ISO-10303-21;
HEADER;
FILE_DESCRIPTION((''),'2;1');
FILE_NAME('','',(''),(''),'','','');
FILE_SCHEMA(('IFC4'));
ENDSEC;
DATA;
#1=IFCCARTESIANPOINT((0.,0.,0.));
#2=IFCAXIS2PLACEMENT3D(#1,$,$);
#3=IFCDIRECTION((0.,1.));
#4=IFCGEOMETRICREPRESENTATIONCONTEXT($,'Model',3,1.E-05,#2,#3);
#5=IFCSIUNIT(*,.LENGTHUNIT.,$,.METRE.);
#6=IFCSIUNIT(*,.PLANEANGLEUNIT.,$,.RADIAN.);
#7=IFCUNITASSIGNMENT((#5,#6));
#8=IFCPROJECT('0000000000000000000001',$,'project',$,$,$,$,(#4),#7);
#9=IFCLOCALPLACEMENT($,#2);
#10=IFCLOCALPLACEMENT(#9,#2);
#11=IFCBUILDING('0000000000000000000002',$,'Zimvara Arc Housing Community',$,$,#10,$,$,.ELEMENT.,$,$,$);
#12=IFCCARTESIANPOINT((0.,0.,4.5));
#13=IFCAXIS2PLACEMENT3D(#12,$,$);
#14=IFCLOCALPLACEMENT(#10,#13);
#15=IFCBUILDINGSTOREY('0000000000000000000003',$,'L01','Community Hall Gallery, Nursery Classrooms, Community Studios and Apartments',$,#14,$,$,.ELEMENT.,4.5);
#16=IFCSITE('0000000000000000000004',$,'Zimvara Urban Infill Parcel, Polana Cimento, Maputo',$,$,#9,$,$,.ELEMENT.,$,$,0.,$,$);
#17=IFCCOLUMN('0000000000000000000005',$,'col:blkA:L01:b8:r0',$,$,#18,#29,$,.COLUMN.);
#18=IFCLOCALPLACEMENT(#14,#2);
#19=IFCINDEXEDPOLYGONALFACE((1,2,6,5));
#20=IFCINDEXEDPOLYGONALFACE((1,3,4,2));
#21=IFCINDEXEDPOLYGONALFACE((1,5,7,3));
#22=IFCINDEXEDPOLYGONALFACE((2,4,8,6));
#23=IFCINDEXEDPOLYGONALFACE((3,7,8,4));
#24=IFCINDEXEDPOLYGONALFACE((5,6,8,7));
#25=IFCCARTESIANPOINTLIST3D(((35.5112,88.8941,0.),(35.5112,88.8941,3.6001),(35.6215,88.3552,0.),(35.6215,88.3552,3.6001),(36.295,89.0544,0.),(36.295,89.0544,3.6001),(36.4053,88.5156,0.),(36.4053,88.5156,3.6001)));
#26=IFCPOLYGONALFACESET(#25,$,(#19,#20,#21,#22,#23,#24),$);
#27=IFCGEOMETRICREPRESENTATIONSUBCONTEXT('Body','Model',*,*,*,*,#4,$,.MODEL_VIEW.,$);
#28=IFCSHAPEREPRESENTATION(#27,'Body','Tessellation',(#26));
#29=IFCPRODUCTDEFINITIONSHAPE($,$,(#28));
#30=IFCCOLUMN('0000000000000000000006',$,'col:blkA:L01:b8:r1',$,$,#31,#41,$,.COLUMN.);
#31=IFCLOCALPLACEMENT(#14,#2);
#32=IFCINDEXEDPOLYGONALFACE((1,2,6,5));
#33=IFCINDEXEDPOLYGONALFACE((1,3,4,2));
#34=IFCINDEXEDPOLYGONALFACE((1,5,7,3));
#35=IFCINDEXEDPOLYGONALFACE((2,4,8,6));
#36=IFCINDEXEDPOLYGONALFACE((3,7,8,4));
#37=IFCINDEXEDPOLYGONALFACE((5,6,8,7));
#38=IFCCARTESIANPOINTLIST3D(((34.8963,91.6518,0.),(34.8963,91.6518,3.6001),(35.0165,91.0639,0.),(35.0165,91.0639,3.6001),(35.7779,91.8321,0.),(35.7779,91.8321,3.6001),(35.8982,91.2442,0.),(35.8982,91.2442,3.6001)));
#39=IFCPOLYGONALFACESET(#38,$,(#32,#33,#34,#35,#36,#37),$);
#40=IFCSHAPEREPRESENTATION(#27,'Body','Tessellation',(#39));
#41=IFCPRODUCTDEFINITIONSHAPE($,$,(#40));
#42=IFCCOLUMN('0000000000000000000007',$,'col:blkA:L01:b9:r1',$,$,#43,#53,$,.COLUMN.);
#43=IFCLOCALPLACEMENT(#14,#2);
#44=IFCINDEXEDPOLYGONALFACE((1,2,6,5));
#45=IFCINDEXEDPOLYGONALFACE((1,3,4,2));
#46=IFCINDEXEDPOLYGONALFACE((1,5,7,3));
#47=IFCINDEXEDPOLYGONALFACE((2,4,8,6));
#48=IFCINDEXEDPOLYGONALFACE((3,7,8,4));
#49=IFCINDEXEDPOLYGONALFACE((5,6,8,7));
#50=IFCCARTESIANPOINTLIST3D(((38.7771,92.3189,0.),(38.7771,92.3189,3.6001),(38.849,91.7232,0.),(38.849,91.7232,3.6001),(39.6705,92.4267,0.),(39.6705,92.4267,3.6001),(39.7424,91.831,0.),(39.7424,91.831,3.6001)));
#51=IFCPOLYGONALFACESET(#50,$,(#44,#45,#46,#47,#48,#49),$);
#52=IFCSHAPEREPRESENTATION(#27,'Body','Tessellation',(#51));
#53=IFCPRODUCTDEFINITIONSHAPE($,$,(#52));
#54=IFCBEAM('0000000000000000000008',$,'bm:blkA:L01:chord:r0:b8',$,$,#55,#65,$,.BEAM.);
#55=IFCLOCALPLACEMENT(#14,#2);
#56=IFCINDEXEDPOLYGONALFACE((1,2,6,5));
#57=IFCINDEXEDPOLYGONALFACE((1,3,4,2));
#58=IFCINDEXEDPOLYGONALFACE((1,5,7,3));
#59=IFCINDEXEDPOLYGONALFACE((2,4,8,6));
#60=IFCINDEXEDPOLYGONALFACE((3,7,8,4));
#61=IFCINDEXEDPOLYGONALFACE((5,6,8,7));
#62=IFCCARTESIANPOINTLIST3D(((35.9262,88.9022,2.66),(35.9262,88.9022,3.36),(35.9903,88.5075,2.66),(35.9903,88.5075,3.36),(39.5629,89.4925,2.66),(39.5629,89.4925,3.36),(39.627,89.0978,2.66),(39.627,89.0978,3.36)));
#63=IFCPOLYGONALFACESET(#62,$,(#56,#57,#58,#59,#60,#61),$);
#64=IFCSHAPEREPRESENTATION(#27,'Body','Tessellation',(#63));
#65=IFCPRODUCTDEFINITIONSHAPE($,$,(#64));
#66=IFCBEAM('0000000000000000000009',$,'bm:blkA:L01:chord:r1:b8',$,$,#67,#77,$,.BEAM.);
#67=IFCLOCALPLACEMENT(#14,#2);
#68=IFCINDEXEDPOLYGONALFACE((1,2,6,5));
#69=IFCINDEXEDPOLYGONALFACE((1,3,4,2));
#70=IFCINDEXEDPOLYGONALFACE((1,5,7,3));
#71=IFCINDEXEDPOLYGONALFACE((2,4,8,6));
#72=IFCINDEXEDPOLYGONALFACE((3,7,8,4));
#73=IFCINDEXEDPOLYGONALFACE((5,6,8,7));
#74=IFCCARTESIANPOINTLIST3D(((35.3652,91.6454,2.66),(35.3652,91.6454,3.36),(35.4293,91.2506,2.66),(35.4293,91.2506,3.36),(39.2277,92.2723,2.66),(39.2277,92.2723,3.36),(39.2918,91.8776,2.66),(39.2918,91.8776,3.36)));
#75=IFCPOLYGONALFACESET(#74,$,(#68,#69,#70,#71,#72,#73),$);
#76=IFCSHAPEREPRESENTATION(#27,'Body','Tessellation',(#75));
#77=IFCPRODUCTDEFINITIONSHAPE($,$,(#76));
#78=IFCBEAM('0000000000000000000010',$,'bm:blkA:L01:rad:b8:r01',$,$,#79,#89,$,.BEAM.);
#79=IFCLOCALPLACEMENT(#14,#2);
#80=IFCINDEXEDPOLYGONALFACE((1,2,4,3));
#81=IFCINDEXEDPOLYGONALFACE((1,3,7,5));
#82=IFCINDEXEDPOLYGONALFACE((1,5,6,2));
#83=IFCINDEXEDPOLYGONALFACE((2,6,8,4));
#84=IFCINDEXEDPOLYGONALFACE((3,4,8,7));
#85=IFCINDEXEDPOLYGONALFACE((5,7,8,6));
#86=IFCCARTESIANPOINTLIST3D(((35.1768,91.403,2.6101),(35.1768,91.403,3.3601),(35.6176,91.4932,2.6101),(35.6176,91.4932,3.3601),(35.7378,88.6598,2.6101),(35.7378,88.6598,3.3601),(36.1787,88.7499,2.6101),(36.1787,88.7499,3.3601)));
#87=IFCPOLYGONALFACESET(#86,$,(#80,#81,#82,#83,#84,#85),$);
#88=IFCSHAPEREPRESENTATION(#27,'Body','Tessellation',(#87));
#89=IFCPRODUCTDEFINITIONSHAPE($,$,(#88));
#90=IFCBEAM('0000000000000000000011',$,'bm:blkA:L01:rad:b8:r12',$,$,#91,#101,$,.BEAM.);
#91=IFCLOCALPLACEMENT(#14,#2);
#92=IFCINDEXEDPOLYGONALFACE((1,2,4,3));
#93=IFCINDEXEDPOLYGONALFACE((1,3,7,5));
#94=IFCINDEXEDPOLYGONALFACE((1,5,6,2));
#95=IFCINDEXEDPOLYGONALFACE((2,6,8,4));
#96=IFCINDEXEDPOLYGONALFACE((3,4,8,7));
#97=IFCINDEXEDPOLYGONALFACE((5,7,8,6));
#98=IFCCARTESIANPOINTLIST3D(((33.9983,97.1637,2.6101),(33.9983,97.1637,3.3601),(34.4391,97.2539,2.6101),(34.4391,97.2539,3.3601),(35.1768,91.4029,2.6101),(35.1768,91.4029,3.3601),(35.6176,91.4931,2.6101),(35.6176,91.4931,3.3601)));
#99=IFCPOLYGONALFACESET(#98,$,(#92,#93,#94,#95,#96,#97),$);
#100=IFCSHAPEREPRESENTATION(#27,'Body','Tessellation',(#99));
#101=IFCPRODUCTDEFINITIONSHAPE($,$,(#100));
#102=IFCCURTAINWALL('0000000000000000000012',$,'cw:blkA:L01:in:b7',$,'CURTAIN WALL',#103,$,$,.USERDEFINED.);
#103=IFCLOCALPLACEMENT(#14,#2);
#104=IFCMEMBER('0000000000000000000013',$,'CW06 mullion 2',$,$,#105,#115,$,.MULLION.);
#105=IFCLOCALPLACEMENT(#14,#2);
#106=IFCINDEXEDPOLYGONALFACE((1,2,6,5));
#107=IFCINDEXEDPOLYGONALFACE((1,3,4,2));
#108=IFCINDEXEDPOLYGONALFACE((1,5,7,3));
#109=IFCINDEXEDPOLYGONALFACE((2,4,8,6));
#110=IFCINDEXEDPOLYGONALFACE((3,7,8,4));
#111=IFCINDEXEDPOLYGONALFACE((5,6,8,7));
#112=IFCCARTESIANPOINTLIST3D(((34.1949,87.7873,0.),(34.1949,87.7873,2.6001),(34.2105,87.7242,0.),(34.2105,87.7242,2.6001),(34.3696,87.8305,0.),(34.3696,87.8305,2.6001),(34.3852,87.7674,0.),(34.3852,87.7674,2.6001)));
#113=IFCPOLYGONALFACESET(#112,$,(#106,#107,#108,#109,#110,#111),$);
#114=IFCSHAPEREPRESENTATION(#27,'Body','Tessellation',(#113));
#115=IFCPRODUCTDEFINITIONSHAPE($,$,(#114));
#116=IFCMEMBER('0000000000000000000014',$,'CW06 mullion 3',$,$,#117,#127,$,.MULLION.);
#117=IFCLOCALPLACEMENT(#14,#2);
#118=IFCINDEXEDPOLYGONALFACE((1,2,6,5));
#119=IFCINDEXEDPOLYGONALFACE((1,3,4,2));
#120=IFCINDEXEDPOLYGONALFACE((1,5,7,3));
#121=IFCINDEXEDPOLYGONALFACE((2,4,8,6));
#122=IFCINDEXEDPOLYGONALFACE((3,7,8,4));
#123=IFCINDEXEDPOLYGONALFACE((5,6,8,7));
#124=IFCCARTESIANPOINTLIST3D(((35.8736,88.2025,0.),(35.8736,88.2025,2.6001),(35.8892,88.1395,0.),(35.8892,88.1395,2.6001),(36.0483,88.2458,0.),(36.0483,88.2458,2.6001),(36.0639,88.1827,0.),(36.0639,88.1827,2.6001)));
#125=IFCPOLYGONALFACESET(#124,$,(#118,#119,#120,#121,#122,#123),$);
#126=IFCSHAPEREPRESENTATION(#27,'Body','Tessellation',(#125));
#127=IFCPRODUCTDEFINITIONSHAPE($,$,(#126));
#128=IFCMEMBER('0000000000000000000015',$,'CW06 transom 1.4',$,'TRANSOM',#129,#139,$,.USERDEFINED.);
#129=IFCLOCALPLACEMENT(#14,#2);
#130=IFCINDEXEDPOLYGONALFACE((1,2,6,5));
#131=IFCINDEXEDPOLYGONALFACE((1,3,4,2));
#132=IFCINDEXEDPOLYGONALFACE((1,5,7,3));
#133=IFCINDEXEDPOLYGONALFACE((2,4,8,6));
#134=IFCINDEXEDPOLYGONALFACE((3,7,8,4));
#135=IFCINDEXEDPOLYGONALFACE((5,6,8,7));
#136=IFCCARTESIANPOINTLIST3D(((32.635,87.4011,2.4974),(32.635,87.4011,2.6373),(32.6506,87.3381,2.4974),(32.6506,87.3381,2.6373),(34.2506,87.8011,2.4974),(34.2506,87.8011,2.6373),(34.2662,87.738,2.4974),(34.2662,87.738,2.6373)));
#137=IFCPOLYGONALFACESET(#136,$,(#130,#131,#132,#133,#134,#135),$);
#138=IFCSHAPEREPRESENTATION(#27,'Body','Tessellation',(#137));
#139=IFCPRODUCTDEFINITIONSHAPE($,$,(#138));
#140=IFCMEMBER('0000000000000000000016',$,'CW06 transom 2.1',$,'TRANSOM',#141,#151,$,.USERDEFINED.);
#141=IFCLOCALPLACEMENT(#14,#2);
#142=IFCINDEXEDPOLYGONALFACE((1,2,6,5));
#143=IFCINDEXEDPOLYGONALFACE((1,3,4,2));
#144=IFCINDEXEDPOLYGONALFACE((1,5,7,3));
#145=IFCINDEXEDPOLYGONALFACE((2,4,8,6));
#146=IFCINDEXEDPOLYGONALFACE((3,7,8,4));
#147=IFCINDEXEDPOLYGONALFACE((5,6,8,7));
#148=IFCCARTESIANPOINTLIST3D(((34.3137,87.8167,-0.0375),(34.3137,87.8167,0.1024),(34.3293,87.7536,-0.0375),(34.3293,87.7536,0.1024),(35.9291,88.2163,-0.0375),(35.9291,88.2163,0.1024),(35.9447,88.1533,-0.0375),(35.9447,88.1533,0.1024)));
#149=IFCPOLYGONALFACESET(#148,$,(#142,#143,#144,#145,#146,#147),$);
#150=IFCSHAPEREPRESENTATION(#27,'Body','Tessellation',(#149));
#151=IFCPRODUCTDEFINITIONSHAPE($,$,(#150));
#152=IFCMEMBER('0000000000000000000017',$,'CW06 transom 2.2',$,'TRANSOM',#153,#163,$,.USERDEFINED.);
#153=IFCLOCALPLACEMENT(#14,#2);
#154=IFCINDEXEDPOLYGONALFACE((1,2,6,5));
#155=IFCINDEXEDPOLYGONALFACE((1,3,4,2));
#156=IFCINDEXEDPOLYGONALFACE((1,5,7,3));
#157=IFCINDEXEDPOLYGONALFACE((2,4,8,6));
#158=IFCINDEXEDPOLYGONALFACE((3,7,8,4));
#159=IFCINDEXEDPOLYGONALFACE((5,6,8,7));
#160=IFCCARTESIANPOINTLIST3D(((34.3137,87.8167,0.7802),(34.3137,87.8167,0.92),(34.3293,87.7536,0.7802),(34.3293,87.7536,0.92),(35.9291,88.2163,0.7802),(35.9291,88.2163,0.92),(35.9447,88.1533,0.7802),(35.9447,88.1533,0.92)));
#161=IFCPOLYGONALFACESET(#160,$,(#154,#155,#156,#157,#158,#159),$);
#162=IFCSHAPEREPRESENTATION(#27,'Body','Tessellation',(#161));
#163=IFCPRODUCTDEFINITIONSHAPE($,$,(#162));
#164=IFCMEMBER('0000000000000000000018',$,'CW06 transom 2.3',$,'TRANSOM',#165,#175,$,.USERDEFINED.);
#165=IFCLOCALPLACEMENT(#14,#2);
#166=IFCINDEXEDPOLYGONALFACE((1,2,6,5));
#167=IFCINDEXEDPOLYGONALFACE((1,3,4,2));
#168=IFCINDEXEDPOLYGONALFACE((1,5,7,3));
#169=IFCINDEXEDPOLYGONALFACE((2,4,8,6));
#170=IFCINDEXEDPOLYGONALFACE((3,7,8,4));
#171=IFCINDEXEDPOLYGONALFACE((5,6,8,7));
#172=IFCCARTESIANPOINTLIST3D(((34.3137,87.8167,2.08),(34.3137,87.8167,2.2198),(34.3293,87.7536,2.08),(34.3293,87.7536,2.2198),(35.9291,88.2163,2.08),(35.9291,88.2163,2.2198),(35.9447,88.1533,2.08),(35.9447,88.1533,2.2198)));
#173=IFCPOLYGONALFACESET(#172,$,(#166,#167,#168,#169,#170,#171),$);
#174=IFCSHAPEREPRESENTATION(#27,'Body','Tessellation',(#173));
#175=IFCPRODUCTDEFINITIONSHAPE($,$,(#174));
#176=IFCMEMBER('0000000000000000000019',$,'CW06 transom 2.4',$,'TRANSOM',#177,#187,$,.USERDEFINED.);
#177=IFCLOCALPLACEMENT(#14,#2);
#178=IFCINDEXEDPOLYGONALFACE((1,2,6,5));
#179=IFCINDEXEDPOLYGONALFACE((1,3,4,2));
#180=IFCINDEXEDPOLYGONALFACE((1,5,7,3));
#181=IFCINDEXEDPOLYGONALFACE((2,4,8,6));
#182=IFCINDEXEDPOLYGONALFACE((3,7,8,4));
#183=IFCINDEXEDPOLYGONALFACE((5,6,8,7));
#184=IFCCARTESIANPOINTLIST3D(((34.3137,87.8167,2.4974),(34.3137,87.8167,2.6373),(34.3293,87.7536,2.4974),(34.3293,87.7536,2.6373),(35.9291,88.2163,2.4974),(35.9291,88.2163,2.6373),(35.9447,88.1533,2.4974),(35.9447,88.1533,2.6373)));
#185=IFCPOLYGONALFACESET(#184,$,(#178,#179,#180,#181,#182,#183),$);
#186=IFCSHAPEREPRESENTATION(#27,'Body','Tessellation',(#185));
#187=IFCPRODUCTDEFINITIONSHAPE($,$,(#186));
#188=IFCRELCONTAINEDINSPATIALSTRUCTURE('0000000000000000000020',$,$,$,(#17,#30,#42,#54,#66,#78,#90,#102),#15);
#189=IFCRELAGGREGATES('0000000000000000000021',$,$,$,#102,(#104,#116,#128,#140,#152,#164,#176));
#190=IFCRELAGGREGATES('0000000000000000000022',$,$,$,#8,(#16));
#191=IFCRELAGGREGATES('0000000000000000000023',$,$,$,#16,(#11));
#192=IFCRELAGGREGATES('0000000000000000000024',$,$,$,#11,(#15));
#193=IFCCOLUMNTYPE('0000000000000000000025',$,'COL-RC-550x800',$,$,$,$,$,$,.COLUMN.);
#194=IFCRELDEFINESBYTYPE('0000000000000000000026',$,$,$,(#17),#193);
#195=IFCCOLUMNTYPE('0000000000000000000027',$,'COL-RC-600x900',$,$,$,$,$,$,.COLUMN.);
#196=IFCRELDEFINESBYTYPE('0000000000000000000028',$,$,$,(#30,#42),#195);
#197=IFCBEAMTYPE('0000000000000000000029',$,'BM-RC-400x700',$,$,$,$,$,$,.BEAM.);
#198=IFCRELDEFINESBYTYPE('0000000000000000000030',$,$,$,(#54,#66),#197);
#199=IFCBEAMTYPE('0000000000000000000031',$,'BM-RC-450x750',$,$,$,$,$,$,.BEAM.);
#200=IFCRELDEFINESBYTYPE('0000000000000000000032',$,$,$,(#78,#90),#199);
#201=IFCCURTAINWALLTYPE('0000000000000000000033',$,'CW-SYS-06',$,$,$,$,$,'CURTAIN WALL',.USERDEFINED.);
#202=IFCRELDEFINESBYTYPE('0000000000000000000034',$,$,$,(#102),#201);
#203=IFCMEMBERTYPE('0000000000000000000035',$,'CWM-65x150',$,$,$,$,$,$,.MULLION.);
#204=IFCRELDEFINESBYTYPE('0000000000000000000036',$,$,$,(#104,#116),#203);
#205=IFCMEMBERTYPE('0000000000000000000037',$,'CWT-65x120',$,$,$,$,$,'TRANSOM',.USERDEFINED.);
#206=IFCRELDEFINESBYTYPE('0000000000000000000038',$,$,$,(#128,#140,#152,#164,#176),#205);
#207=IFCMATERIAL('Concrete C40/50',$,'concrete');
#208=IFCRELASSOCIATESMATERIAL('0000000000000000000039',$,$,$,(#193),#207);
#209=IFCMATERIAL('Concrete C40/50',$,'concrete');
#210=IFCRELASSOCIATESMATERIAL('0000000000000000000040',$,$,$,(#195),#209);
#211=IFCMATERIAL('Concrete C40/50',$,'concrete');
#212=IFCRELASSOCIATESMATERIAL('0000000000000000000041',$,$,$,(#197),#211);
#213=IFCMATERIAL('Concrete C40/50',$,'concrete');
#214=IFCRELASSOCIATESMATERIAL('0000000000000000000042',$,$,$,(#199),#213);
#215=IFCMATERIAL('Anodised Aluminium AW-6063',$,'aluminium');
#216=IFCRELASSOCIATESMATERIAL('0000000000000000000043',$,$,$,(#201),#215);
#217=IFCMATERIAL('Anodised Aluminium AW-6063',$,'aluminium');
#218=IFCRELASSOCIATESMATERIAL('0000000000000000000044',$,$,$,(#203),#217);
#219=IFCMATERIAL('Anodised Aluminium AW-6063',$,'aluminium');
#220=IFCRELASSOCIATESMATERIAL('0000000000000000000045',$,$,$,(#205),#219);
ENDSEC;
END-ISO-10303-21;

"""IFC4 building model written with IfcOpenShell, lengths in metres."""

from ifc_helpers import new_model, si_unit, direction, frame, origin, origin_2d, place, context, subcontext, project, spatial, rectangle, extrude, material, material_profile, profile_set, type_object, element, aggregate, save


model = new_model("IFC4")

# Units and contexts
model_context = context("Model", 3, precision=1e-05, world=origin(), true_north=direction((0.0, 1.0)))
body_context = subcontext(model_context, "Body", "Model", "MODEL_VIEW")
ifc_project = project(units=[si_unit("LENGTHUNIT", "METRE"), si_unit("PLANEANGLEUNIT", "RADIAN")], contexts=[model_context])

# Site, building, storey
site_placement = place(None, origin())
site = spatial("IfcSite", under=ifc_project, at=site_placement, Name="Zimvara Urban Infill Parcel, Polana Cimento, Maputo", CompositionType="ELEMENT", RefElevation=0.0)
building_placement = place(site_placement, origin())
building = spatial("IfcBuilding", under=site, at=building_placement, Name="Zimvara Arc Housing Community", CompositionType="ELEMENT")
storey_placement = place(building_placement, frame((0.0, 0.0, 4.5)))
storey = spatial("IfcBuildingStorey", under=building, at=storey_placement, Name="L01", Description="Community Hall Gallery, Nursery Classrooms, Community Studios and Apartments", CompositionType="ELEMENT", Elevation=4.5)

# Columns
ifc_material_1 = material(Name="Concrete C40/50", Category="concrete")
ifc_material_profile_1 = material_profile(ifc_material_1, rectangle(XDim=0.55, YDim=0.8, at=origin_2d()), Name="RC 550x800")
ifc_profile_set_1 = profile_set([ifc_material_profile_1], Name="Concrete C40/50")
column_type_1 = type_object("IfcColumnType", Name="COL-RC-550x800", PredefinedType="COLUMN", material=ifc_profile_set_1)
column_placement = place(storey_placement, frame((35.9583, 88.7048, 0.0), z_axis=(0.0, 0.0, 1.0), x_axis=(-0.200394, 0.979715, 0.0)))
element("IfcColumn", 1, at=column_placement, inside=storey, type_object=column_type_1, Name="col:blkA:L01:b8:r0", PredefinedType="COLUMN", context=body_context, shape_type="SweptSolid", body=[
    extrude(rectangle(XDim=0.55, YDim=0.8, at=origin_2d()), origin(), (0.0, 0.0, 1.0), 3.6001),
])
ifc_material_2 = material(Name="Concrete C40/50", Category="concrete")
ifc_material_profile_2 = material_profile(ifc_material_2, rectangle(XDim=0.6001, YDim=0.8999, at=origin_2d()), Name="RC 600x900")
ifc_profile_set_2 = profile_set([ifc_material_profile_2], Name="Concrete C40/50")
column_type_2 = type_object("IfcColumnType", Name="COL-RC-600x900", PredefinedType="COLUMN", material=ifc_profile_set_2)
for number, where, z_axis, x_axis, name in (
    (2, (35.3972, 91.448, 0.0), (0.0, 0.0, 1.0), (-0.200394, 0.979715, 0.0), "col:blkA:L01:b8:r1"),
    (3, (39.2598, 92.075, 0.0), (0.0, 0.0, 1.0), (-0.11979, 0.992799, 0.0), "col:blkA:L01:b9:r1"),
):
    element("IfcColumn", number, at=place(storey_placement, frame(where, z_axis=z_axis, x_axis=x_axis)), inside=storey, type_object=column_type_2, Name=name, PredefinedType="COLUMN", context=body_context, shape_type="SweptSolid", body=[
        extrude(rectangle(XDim=0.6001, YDim=0.8999, at=origin_2d()), origin(), (0.0, 0.0, 1.0), 3.6001),
    ])

# Beams
ifc_material_3 = material(Name="Concrete C40/50", Category="concrete")
ifc_material_profile_3 = material_profile(ifc_material_3, rectangle(XDim=0.3999, YDim=0.7, at=origin_2d()), Name="RC 400x700")
ifc_profile_set_3 = profile_set([ifc_material_profile_3], Name="Concrete C40/50")
beam_type_1 = type_object("IfcBeamType", Name="BM-RC-400x700", PredefinedType="BEAM", material=ifc_profile_set_3)
beam_1_placement = place(storey_placement, frame((35.9583, 88.7048, 3.01), z_axis=(0.98708, 0.160228, 0.0), x_axis=(-0.160228, 0.98708, 0.0)))
element("IfcBeam", 4, at=beam_1_placement, inside=storey, type_object=beam_type_1, Name="bm:blkA:L01:chord:r0:b8", PredefinedType="BEAM", context=body_context, shape_type="SweptSolid", body=[
    extrude(rectangle(XDim=0.3999, YDim=0.7, at=origin_2d()), origin(), (0.0, 0.0, 1.0), 3.6843),
])
beam_2_placement = place(storey_placement, frame((35.3972, 91.448, 3.01), z_axis=(0.987081, 0.160219, 0.0), x_axis=(-0.160219, 0.987081, 0.0)))
element("IfcBeam", 5, at=beam_2_placement, inside=storey, type_object=beam_type_1, Name="bm:blkA:L01:chord:r1:b8", PredefinedType="BEAM", context=body_context, shape_type="SweptSolid", body=[
    extrude(rectangle(XDim=0.3999, YDim=0.7, at=origin_2d()), origin(), (0.0, 0.0, 1.0), 3.9131),
])
ifc_material_4 = material(Name="Concrete C40/50", Category="concrete")
ifc_material_profile_4 = material_profile(ifc_material_4, rectangle(XDim=0.45, YDim=0.75, at=origin_2d()), Name="RC 450x750")
ifc_profile_set_4 = profile_set([ifc_material_profile_4], Name="Concrete C40/50")
beam_type_2 = type_object("IfcBeamType", Name="BM-RC-450x750", PredefinedType="BEAM", material=ifc_profile_set_4)
beam_3_placement = place(storey_placement, frame((35.9583, 88.7048, 2.9851), z_axis=(-0.200373, 0.97972, 0.0), x_axis=(-0.97972, -0.200373, 0.0)))
element("IfcBeam", 6, at=beam_3_placement, inside=storey, type_object=beam_type_2, Name="bm:blkA:L01:rad:b8:r01", PredefinedType="BEAM", context=body_context, shape_type="SweptSolid", body=[
    extrude(rectangle(XDim=0.45, YDim=0.75, at=origin_2d()), origin(), (0.0, 0.0, 1.0), 2.8),
])
beam_4_placement = place(storey_placement, frame((35.3972, 91.448, 2.9851), z_axis=(-0.200418, 0.97971, 0.0), x_axis=(-0.97971, -0.200418, 0.0)))
element("IfcBeam", 7, at=beam_4_placement, inside=storey, type_object=beam_type_2, Name="bm:blkA:L01:rad:b8:r12", PredefinedType="BEAM", context=body_context, shape_type="SweptSolid", body=[
    extrude(rectangle(XDim=0.45, YDim=0.75, at=origin_2d()), origin(), (0.0, 0.0, 1.0), 5.8801),
])

# Curtain wall, members
ifc_material_5 = material(Name="Anodised Aluminium AW-6063", Category="aluminium")
curtain_wall_type = type_object("IfcCurtainWallType", Name="CW-SYS-06", ElementType="CURTAIN WALL", PredefinedType="USERDEFINED", material=ifc_material_5)
curtain_wall_placement = place(storey_placement, origin())
curtain_wall = element("IfcCurtainWall", 8, at=curtain_wall_placement, inside=storey, type_object=curtain_wall_type, Name="cw:blkA:L01:in:b7", ObjectType="CURTAIN WALL", PredefinedType="USERDEFINED")
ifc_material_6 = material(Name="Anodised Aluminium AW-6063", Category="aluminium")
ifc_material_profile_5 = material_profile(ifc_material_6, rectangle(XDim=0.0649, YDim=0.1799, at=origin_2d()), Name="ALU 65x180")
ifc_profile_set_5 = profile_set([ifc_material_profile_5], Name="Anodised Aluminium AW-6063")
member_type_1 = type_object("IfcMemberType", Name="CWM-65x150", PredefinedType="MULLION", material=ifc_profile_set_5)
member_1_placement = place(storey_placement, frame((34.29, 87.7773, 0.0), z_axis=(0.0, 0.0, 1.0), x_axis=(-0.240228, 0.970717, 0.0)))
member_1 = element("IfcMember", 9, at=member_1_placement, type_object=member_type_1, Name="CW06 mullion 2", PredefinedType="MULLION", context=body_context, shape_type="SweptSolid", body=[
    extrude(rectangle(XDim=0.0649, YDim=0.1799, at=origin_2d()), origin(), (0.0, 0.0, 1.0), 2.6001),
])
member_2_placement = place(storey_placement, frame((35.9688, 88.1926, 0.0), z_axis=(0.0, 0.0, 1.0), x_axis=(-0.240228, 0.970717, 0.0)))
member_2 = element("IfcMember", 10, at=member_2_placement, type_object=member_type_1, Name="CW06 mullion 3", PredefinedType="MULLION", context=body_context, shape_type="SweptSolid", body=[
    extrude(rectangle(XDim=0.0649, YDim=0.1799, at=origin_2d()), origin(), (0.0, 0.0, 1.0), 2.6001),
])
ifc_material_7 = material(Name="Anodised Aluminium AW-6063", Category="aluminium")
ifc_material_profile_6 = material_profile(ifc_material_7, rectangle(XDim=0.0649, YDim=0.1399, at=origin_2d()), Name="ALU 65x140")
ifc_profile_set_6 = profile_set([ifc_material_profile_6], Name="Anodised Aluminium AW-6063")
member_type_2 = type_object("IfcMemberType", Name="CWT-65x120", ElementType="TRANSOM", PredefinedType="USERDEFINED", material=ifc_profile_set_6)
member_3_placement = place(storey_placement, frame((32.6428, 87.3696, 2.5674), z_axis=(0.970701, 0.240291, 0.0), x_axis=(-0.240291, 0.970701, 0.0)))
member_3 = element("IfcMember", 11, at=member_3_placement, type_object=member_type_2, Name="CW06 transom 1.4", ObjectType="TRANSOM", PredefinedType="USERDEFINED", context=body_context, shape_type="SweptSolid", body=[
    extrude(rectangle(XDim=0.0649, YDim=0.1399, at=origin_2d()), origin(), (0.0, 0.0, 1.0), 1.6643),
])
member_4_placement = place(storey_placement, frame((34.3215, 87.7852, 0.0325), z_axis=(0.970735, 0.240153, 0.0), x_axis=(-0.240153, 0.970735, 0.0)))
member_4 = element("IfcMember", 12, at=member_4_placement, type_object=member_type_2, Name="CW06 transom 2.1", ObjectType="TRANSOM", PredefinedType="USERDEFINED", context=body_context, shape_type="SweptSolid", body=[
    extrude(rectangle(XDim=0.0649, YDim=0.1399, at=origin_2d()), origin(), (0.0, 0.0, 1.0), 1.6641),
])
member_5_placement = place(storey_placement, frame((34.3215, 87.7852, 0.8501), z_axis=(0.970735, 0.240153, 0.0), x_axis=(-0.240153, 0.970735, 0.0)))
member_5 = element("IfcMember", 13, at=member_5_placement, type_object=member_type_2, Name="CW06 transom 2.2", ObjectType="TRANSOM", PredefinedType="USERDEFINED", context=body_context, shape_type="SweptSolid", body=[
    extrude(rectangle(XDim=0.0649, YDim=0.1399, at=origin_2d()), origin(), (0.0, 0.0, 1.0), 1.6641),
])
member_6_placement = place(storey_placement, frame((34.3215, 87.7852, 2.1499), z_axis=(0.970735, 0.240153, 0.0), x_axis=(-0.240153, 0.970735, 0.0)))
member_6 = element("IfcMember", 14, at=member_6_placement, type_object=member_type_2, Name="CW06 transom 2.3", ObjectType="TRANSOM", PredefinedType="USERDEFINED", context=body_context, shape_type="SweptSolid", body=[
    extrude(rectangle(XDim=0.0649, YDim=0.1399, at=origin_2d()), origin(), (0.0, 0.0, 1.0), 1.6641),
])
member_7_placement = place(storey_placement, frame((34.3215, 87.7852, 2.5674), z_axis=(0.970735, 0.240153, 0.0), x_axis=(-0.240153, 0.970735, 0.0)))
member_7 = element("IfcMember", 15, at=member_7_placement, type_object=member_type_2, Name="CW06 transom 2.4", ObjectType="TRANSOM", PredefinedType="USERDEFINED", context=body_context, shape_type="SweptSolid", body=[
    extrude(rectangle(XDim=0.0649, YDim=0.1399, at=origin_2d()), origin(), (0.0, 0.0, 1.0), 1.6641),
])
aggregate(curtain_wall, [member_1, member_2, member_3, member_4, member_5, member_6, member_7])

save(model, "model.ifc")
